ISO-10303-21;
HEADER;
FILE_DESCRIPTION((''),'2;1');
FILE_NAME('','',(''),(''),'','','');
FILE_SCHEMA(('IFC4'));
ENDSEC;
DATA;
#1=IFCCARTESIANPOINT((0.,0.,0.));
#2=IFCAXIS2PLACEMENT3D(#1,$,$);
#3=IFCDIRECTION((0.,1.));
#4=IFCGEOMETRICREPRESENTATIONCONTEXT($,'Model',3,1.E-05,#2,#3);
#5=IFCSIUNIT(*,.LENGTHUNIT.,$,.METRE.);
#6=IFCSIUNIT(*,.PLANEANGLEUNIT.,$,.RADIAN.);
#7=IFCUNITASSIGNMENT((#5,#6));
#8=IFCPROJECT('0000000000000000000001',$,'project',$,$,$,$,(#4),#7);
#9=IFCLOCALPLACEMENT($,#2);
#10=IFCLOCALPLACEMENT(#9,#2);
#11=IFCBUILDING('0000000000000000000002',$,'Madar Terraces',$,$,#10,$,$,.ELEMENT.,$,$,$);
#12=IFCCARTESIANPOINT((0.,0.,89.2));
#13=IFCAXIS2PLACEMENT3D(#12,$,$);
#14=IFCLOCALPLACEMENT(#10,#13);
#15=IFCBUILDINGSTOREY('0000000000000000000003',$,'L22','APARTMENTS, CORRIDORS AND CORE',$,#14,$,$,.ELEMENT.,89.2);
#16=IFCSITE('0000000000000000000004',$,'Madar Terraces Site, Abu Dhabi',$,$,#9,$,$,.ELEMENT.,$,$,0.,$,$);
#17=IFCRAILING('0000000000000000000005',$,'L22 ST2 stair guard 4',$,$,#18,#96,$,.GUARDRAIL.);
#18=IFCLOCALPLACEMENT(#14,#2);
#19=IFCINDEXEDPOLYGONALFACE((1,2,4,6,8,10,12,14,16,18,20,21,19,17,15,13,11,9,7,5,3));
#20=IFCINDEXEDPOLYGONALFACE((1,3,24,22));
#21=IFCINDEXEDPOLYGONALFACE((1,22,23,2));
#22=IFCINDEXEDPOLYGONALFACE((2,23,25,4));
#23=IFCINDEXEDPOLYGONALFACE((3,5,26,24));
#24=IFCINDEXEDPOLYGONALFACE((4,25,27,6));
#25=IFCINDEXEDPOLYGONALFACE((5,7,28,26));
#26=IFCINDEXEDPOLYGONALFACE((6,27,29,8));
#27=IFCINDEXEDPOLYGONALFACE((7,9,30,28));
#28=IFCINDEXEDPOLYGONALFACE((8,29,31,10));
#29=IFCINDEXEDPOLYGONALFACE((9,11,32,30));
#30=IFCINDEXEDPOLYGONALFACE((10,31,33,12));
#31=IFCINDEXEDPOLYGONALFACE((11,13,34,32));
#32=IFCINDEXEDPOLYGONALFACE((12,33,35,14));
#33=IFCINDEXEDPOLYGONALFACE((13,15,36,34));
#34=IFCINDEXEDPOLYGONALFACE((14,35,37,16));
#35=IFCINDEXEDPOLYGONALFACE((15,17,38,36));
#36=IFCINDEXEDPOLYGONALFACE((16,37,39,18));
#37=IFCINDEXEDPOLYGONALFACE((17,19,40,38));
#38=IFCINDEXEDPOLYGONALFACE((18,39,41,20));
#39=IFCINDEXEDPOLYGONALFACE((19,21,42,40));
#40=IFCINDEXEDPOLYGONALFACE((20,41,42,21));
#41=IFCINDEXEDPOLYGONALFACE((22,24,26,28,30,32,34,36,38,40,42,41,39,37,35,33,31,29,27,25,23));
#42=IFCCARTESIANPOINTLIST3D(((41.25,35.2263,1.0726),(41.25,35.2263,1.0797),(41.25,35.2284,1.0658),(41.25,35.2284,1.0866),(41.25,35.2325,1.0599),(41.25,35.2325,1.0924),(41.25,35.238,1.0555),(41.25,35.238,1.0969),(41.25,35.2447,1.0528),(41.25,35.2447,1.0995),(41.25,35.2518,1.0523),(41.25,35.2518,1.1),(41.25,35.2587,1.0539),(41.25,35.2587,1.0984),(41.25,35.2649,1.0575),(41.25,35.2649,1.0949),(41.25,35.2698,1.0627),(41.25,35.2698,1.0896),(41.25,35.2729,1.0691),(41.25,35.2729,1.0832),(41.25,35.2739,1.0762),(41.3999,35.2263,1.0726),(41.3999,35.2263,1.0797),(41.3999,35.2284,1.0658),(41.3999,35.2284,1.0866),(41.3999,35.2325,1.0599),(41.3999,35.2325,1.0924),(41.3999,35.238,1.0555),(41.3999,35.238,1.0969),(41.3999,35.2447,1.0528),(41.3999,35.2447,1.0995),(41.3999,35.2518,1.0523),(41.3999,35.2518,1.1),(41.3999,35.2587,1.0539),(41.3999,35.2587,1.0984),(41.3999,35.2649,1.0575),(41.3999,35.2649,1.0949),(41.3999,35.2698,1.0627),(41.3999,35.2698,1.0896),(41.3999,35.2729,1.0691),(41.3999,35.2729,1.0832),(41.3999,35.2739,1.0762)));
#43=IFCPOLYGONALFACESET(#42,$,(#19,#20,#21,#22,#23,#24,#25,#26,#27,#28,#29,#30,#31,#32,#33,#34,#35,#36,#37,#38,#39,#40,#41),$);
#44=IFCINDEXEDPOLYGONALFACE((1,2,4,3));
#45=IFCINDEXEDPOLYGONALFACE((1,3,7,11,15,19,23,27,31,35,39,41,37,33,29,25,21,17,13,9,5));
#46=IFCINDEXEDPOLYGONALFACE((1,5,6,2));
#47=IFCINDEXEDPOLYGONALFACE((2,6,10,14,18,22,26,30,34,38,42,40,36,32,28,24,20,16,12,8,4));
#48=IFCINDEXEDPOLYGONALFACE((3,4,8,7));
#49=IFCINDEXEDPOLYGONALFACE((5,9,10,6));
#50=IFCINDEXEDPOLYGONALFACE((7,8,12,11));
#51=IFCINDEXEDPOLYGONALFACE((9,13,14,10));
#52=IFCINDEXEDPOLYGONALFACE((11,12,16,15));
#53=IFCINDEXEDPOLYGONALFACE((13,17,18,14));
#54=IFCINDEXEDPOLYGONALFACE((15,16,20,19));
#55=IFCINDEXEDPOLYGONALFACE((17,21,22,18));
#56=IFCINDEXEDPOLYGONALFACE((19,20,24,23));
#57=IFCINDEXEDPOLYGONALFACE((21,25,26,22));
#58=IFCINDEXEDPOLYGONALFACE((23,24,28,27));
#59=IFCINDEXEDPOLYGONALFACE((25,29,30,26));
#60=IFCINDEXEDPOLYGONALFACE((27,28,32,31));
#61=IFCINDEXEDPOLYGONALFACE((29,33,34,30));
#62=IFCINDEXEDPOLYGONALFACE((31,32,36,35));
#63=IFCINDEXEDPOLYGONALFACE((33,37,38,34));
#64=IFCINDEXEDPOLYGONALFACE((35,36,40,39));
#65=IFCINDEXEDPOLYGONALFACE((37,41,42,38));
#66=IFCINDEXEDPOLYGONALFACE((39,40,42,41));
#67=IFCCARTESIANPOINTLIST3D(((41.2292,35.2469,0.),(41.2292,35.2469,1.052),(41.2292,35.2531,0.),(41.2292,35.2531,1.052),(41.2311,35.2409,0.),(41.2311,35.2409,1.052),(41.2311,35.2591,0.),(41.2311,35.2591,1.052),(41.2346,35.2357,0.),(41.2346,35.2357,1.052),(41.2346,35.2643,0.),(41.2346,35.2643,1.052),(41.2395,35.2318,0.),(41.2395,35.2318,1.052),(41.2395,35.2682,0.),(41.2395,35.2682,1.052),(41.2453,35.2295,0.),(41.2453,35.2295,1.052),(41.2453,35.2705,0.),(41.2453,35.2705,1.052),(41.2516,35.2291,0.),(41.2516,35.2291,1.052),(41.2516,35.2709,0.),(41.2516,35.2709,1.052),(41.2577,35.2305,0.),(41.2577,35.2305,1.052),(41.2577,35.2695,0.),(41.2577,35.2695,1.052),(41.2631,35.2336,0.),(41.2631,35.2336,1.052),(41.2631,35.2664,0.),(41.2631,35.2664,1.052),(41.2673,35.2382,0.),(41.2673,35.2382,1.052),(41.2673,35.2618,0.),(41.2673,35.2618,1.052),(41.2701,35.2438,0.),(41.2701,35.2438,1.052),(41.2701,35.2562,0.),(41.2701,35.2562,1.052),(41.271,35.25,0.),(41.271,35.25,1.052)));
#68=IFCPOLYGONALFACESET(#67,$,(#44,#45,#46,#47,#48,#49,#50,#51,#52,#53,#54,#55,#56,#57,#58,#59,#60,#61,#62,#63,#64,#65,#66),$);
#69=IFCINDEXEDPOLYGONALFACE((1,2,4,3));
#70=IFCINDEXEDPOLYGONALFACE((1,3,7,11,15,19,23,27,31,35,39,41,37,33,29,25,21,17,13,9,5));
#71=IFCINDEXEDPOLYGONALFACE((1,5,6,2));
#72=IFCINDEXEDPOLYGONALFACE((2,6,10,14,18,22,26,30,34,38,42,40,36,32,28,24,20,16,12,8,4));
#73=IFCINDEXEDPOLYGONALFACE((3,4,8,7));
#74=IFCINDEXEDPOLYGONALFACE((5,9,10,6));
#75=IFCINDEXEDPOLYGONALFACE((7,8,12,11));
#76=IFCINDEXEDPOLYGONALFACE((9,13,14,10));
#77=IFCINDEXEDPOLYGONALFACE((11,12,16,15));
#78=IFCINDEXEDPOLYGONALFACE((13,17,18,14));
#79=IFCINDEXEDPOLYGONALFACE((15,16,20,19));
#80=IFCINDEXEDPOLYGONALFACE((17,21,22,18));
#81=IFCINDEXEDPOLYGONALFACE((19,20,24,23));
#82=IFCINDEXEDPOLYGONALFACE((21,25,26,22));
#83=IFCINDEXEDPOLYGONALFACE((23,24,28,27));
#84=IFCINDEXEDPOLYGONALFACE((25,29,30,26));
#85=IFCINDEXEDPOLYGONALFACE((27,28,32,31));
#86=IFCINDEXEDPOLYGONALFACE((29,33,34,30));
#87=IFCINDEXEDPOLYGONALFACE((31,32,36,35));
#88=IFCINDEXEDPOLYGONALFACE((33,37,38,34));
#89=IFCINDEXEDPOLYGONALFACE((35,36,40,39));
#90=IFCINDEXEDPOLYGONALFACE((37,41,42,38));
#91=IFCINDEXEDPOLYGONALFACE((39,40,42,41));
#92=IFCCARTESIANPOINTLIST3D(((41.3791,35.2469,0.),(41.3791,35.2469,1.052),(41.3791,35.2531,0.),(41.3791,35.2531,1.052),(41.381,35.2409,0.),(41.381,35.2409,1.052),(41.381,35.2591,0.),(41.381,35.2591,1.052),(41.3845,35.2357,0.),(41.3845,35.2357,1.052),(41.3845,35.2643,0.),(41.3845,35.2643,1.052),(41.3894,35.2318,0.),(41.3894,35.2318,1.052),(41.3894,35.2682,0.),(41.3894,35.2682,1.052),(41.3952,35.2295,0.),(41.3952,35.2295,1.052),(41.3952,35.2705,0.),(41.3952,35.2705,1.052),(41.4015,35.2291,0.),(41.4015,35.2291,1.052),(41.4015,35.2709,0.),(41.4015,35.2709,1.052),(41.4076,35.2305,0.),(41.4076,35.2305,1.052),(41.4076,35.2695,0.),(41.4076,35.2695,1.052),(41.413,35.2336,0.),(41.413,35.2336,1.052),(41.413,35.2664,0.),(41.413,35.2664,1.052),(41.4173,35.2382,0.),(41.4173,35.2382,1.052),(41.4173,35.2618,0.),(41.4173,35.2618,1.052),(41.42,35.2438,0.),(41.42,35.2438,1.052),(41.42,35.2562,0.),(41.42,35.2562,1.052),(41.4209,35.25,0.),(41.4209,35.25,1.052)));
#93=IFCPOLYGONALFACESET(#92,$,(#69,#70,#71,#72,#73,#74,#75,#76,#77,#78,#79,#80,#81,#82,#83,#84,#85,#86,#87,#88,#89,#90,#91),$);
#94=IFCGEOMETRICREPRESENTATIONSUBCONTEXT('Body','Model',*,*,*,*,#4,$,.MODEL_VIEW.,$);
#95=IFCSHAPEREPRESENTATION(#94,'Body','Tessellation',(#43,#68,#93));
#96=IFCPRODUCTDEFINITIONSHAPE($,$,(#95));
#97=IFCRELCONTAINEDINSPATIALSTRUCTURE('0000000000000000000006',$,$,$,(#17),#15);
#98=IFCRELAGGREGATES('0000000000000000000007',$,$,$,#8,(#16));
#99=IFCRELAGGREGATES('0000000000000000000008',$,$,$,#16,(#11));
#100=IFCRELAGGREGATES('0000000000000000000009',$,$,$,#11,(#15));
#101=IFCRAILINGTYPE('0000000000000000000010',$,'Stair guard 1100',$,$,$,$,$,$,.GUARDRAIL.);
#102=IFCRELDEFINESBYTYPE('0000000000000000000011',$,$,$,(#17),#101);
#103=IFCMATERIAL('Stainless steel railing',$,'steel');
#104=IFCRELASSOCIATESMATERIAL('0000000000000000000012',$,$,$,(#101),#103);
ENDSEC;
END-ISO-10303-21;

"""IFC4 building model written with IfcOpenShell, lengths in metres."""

from ifc_helpers import new_model, si_unit, direction, frame, origin, origin_2d, place, context, subcontext, project, spatial, circle, extrude, material, type_object, element, save


model = new_model("IFC4")

# Units and contexts
model_context = context("Model", 3, precision=1e-05, world=origin(), true_north=direction((0.0, 1.0)))
body_context = subcontext(model_context, "Body", "Model", "MODEL_VIEW")
ifc_project = project(units=[si_unit("LENGTHUNIT", "METRE"), si_unit("PLANEANGLEUNIT", "RADIAN")], contexts=[model_context])

# Site, building, storey
site_placement = place(None, origin())
site = spatial("IfcSite", under=ifc_project, at=site_placement, Name="Madar Terraces Site, Abu Dhabi", CompositionType="ELEMENT", RefElevation=0.0)
building_placement = place(site_placement, origin())
building = spatial("IfcBuilding", under=site, at=building_placement, Name="Madar Terraces", CompositionType="ELEMENT")
storey_placement = place(building_placement, frame((0.0, 0.0, 89.2)))
storey = spatial("IfcBuildingStorey", under=building, at=storey_placement, Name="L22", Description="APARTMENTS, CORRIDORS AND CORE", CompositionType="ELEMENT", Elevation=89.2)

# Railing
ifc_material_1 = material(Name="Stainless steel railing", Category="steel")
railing_type_1 = type_object("IfcRailingType", Name="Stair guard 1100", PredefinedType="GUARDRAIL", material=ifc_material_1)
railing_1_placement = place(storey_placement, frame((41.25, 35.25, 0.0)))
element("IfcRailing", 1, at=railing_1_placement, inside=storey, type_object=railing_type_1, Name="L22 ST2 stair guard 4", PredefinedType="GUARDRAIL", context=body_context, shape_type="SweptSolid", body=[
    extrude(circle(Radius=0.0239, at=origin_2d()), frame((0.0, 0.0, 1.0762), z_axis=(1.0, 0.0, 0.0), x_axis=(0.0, 1.0, 0.0)), (0.0, 0.0, 1.0), 0.1499),
    extrude(circle(Radius=0.021, at=origin_2d()), origin(), (0.0, 0.0, 1.0), 1.052),
    extrude(circle(Radius=0.021, at=origin_2d()), frame((0.1499, 0.0, 0.0)), (0.0, 0.0, 1.0), 1.052),
])

save(model, "model.ifc")
